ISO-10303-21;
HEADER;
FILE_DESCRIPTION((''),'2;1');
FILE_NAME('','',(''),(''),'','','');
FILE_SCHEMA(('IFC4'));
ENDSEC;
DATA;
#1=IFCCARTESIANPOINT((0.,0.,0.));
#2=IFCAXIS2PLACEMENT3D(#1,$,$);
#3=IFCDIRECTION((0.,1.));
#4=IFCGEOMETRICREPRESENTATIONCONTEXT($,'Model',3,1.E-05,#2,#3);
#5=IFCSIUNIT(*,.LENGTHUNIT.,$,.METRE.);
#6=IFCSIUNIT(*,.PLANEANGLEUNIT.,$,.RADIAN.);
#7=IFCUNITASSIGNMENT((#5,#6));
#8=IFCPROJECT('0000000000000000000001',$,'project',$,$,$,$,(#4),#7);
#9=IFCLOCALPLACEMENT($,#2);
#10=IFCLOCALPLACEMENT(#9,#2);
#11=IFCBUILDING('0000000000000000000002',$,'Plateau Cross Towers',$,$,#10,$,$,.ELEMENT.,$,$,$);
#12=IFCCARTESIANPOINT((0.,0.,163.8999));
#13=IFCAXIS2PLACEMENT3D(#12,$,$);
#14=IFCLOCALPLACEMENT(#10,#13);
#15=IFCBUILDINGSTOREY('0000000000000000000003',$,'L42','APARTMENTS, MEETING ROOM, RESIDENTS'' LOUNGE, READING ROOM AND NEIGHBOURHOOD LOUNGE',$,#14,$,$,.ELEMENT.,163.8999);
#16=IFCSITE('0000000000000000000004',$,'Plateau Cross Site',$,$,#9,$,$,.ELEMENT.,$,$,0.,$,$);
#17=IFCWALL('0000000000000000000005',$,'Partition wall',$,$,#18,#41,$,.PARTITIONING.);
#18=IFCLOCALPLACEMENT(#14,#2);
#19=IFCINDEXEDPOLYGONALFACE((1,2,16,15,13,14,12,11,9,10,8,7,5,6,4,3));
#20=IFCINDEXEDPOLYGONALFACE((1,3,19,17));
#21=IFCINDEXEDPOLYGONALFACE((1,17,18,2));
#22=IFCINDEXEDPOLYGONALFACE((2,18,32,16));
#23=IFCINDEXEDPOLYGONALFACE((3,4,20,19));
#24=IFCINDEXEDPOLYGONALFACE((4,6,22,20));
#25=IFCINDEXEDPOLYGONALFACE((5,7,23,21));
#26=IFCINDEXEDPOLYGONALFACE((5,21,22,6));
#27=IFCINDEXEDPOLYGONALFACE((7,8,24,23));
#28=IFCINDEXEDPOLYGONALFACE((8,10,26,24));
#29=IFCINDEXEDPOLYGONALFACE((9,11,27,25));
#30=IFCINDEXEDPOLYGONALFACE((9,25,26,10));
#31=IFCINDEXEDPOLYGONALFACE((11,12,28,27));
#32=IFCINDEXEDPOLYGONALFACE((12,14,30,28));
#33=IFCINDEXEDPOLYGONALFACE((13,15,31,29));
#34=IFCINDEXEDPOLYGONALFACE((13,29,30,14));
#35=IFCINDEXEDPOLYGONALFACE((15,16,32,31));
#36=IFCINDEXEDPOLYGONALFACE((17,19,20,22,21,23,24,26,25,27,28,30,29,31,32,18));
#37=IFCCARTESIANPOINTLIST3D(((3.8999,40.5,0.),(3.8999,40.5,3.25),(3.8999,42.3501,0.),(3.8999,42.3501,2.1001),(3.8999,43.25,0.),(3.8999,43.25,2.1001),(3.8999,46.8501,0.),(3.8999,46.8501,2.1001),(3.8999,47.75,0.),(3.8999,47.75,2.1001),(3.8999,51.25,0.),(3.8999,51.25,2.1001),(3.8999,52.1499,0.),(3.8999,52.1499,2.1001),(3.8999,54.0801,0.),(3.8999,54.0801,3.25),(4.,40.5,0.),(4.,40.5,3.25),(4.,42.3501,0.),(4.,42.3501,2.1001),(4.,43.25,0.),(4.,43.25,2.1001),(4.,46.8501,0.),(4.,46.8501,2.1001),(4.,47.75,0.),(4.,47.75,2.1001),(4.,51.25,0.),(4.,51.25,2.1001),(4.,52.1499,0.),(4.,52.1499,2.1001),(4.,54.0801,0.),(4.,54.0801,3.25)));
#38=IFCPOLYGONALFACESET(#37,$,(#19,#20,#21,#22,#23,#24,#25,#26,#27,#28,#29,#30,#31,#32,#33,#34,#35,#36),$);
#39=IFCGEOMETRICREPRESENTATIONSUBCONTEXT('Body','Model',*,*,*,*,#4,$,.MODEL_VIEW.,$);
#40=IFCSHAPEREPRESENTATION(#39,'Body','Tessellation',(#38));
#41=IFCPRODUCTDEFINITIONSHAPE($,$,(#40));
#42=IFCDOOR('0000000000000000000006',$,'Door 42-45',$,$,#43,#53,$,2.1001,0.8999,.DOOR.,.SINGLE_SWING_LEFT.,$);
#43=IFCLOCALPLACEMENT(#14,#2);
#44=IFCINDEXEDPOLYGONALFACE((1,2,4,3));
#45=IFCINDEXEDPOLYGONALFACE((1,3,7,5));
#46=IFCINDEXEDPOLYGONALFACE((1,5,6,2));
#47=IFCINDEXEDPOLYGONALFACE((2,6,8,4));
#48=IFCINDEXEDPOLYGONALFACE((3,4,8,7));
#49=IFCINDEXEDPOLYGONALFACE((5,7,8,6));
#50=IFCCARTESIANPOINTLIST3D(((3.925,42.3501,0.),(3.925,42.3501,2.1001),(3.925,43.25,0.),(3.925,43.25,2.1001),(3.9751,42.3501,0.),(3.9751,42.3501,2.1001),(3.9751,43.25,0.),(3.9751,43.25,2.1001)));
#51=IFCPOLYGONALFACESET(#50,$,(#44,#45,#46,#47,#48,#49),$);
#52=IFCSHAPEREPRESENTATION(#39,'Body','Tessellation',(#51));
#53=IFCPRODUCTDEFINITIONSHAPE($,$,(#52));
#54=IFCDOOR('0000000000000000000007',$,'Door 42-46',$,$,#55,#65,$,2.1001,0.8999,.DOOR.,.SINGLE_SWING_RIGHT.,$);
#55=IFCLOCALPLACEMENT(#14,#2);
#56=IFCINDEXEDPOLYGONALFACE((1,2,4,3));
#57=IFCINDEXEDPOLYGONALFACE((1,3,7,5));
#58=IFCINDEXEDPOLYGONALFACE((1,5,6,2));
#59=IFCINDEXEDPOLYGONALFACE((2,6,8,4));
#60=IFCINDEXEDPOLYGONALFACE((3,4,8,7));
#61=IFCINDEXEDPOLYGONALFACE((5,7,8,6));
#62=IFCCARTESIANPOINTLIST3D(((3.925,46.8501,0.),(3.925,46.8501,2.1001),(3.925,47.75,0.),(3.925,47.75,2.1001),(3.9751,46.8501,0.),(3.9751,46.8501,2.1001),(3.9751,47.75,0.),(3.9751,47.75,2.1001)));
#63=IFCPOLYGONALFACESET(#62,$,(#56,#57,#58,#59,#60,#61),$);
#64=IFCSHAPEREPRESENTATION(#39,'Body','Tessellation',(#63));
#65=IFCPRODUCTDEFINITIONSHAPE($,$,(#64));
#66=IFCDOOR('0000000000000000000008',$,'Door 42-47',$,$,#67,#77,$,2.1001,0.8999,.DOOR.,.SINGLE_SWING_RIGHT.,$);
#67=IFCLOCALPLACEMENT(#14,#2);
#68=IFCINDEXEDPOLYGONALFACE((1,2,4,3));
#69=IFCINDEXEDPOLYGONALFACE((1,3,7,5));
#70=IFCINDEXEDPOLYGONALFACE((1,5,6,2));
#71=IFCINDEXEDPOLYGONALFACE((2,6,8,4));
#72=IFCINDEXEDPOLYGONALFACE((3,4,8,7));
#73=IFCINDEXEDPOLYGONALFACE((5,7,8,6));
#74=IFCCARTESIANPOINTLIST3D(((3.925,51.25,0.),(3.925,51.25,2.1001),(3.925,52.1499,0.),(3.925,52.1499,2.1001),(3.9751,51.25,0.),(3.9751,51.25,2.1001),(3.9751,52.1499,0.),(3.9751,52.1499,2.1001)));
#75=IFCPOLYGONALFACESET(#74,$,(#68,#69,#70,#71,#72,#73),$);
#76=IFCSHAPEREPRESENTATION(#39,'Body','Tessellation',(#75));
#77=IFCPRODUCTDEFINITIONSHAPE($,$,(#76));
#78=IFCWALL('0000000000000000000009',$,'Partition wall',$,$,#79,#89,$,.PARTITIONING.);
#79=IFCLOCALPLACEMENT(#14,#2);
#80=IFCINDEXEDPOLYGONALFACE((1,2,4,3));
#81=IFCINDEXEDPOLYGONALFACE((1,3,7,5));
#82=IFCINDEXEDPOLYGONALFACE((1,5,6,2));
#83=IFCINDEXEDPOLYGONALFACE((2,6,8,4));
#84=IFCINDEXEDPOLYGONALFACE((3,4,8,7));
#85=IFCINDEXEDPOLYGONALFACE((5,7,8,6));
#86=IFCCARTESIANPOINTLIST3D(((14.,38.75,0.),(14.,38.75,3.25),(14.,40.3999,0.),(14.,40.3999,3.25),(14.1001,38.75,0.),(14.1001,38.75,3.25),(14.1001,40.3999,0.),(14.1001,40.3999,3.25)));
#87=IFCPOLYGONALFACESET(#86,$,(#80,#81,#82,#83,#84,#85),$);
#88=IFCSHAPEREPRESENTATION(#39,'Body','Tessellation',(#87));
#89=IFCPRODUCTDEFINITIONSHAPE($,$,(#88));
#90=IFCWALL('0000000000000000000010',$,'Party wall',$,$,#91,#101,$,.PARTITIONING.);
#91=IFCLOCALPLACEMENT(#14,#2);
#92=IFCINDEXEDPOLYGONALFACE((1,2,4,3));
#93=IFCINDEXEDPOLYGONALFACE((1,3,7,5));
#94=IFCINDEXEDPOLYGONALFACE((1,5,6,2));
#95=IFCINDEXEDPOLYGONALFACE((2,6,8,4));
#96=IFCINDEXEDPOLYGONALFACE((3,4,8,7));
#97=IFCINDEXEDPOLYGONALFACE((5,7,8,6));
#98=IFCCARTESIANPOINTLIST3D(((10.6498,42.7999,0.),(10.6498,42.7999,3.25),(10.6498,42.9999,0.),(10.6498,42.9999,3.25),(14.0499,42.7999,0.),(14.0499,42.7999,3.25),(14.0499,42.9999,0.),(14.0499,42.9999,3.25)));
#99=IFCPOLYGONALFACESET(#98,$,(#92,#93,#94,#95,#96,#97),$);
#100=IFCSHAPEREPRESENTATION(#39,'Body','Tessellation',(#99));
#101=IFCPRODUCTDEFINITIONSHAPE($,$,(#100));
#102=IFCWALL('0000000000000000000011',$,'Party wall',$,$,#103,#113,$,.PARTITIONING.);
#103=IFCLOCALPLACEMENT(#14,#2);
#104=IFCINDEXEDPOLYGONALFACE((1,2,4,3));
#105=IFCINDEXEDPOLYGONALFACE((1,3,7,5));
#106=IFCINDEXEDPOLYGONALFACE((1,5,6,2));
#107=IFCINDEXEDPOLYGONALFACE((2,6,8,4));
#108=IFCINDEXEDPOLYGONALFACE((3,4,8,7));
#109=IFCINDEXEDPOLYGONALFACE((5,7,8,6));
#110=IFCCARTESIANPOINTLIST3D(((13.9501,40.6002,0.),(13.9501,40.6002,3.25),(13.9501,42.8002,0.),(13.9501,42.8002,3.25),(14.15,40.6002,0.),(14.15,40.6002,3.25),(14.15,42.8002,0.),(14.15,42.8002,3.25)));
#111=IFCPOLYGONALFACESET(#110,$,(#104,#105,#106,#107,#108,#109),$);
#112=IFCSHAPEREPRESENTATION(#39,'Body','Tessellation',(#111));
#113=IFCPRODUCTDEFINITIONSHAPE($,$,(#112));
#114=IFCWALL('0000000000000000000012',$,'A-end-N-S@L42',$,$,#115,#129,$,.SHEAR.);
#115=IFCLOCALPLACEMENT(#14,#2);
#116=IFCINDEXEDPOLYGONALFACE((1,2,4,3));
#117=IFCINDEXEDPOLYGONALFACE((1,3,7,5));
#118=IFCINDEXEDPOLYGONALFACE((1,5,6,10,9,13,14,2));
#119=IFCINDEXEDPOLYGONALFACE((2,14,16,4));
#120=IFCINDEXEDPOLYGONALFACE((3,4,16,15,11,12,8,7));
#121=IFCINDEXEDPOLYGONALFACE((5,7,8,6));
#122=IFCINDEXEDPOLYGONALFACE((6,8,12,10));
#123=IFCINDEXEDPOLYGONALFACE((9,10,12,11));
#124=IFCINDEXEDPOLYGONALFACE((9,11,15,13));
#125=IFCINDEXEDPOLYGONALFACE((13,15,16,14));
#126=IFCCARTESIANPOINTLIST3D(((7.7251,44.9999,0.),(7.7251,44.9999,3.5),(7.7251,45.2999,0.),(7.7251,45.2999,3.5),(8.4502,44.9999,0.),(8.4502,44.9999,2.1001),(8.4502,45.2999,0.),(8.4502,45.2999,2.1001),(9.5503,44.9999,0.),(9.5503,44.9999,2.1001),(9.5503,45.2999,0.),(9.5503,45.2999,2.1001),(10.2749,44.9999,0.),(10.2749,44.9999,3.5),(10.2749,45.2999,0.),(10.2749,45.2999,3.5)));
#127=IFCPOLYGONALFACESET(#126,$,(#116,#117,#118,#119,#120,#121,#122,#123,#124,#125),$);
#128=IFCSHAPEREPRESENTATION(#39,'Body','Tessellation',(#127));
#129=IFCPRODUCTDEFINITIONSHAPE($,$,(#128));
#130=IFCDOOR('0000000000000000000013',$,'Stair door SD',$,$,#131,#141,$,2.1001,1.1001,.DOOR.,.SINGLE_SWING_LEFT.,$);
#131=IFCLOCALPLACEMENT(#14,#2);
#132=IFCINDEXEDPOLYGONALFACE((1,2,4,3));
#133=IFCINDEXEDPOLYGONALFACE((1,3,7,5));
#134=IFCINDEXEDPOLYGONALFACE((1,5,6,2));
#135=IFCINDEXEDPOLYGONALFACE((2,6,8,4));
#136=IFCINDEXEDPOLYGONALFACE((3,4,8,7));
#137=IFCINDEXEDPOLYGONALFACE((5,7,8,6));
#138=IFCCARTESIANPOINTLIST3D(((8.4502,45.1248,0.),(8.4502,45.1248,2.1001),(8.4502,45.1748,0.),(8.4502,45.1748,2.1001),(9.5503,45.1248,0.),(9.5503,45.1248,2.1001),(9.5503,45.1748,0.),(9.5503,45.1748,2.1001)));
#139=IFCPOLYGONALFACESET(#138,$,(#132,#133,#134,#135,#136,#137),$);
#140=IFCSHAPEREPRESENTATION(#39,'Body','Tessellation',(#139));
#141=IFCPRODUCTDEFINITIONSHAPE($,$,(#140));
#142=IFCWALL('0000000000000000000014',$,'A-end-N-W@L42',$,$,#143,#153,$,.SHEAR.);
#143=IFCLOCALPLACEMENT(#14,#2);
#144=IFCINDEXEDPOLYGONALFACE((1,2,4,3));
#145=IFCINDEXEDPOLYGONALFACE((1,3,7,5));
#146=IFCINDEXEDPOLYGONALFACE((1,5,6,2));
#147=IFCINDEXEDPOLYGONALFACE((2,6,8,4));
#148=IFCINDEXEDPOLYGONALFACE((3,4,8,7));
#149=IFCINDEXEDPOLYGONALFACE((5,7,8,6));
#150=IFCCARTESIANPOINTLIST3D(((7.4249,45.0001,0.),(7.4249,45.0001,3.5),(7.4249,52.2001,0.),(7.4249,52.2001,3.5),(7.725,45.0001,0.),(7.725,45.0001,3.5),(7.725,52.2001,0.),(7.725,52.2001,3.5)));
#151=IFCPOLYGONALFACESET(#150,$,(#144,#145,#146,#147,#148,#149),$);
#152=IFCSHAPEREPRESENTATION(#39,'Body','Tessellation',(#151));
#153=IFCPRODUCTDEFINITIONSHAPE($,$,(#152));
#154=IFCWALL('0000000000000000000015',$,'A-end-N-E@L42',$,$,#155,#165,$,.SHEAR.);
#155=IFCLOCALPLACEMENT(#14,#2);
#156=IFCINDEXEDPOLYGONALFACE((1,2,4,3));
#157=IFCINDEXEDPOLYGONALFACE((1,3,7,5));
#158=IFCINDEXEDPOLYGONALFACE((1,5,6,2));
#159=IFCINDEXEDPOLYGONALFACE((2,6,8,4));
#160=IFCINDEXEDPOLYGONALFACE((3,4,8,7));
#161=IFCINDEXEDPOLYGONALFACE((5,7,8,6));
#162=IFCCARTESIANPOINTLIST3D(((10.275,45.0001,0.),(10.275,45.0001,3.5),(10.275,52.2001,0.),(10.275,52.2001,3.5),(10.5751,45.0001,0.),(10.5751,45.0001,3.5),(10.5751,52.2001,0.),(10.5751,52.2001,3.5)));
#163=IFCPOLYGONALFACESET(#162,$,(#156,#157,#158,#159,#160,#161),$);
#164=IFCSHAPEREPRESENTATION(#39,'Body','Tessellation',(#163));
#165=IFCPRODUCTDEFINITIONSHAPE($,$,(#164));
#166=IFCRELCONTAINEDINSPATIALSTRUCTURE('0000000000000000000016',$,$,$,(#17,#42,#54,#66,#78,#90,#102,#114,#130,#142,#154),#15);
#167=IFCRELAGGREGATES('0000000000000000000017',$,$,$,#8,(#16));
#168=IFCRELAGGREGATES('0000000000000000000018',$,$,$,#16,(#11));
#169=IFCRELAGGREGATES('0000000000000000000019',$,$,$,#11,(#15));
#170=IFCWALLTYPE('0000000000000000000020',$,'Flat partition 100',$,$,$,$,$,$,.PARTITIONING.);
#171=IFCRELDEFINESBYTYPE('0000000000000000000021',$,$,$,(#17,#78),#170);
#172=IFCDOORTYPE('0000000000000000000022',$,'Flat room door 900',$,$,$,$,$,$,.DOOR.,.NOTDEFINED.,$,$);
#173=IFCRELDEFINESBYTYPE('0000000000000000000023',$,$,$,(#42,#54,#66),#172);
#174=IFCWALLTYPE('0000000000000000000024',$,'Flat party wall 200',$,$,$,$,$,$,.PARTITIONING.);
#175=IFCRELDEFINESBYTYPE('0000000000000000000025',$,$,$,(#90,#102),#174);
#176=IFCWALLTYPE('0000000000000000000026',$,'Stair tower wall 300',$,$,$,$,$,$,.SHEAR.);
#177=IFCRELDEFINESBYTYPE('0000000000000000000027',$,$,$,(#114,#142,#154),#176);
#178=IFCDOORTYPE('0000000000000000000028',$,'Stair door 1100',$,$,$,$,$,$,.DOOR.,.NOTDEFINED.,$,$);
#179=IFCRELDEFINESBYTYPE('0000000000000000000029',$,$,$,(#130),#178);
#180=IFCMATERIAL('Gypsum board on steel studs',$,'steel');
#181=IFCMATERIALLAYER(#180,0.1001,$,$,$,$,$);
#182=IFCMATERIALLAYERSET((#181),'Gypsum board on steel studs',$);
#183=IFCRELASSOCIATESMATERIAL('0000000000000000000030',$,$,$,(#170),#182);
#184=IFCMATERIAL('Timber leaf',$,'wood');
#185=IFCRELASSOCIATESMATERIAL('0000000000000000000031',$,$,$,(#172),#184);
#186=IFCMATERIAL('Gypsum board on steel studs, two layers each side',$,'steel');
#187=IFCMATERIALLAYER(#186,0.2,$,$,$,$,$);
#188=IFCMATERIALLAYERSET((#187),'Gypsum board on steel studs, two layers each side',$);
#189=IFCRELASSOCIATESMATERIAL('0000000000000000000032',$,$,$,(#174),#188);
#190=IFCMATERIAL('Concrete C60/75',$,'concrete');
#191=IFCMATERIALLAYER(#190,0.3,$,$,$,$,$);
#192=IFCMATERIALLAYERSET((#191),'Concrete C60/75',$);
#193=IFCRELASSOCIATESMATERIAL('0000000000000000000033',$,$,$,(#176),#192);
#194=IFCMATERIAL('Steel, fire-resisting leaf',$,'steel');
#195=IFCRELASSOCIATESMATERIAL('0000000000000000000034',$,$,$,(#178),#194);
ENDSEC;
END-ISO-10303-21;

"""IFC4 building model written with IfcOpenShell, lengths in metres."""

from ifc_helpers import new_model, si_unit, direction, frame, frame_2d, origin, place, context, subcontext, project, spatial, rectangle, extrude, material, layer, layer_set, type_object, element, fill, save


model = new_model("IFC4")

# Units and contexts
model_context = context("Model", 3, precision=1e-05, world=origin(), true_north=direction((0.0, 1.0)))
body_context = subcontext(model_context, "Body", "Model", "MODEL_VIEW")
ifc_project = project(units=[si_unit("LENGTHUNIT", "METRE"), si_unit("PLANEANGLEUNIT", "RADIAN")], contexts=[model_context])

# Site, building, storey
site_placement = place(None, origin())
site = spatial("IfcSite", under=ifc_project, at=site_placement, Name="Plateau Cross Site", CompositionType="ELEMENT", RefElevation=0.0)
building_placement = place(site_placement, origin())
building = spatial("IfcBuilding", under=site, at=building_placement, Name="Plateau Cross Towers", CompositionType="ELEMENT")
storey_placement = place(building_placement, frame((0.0, 0.0, 163.8999)))
storey = spatial("IfcBuildingStorey", under=building, at=storey_placement, Name="L42", Description="APARTMENTS, MEETING ROOM, RESIDENTS' LOUNGE, READING ROOM AND NEIGHBOURHOOD LOUNGE", CompositionType="ELEMENT", Elevation=163.8999)

# Shared definitions
ifc_material_1 = material(Name="Gypsum board on steel studs", Category="steel")
ifc_layer_1 = layer(ifc_material_1, 0.1001)
ifc_layer_set_1 = layer_set([ifc_layer_1], Name="Gypsum board on steel studs")
wall_type_1 = type_object("IfcWallType", Name="Flat partition 100", PredefinedType="PARTITIONING", material=ifc_layer_set_1)
ifc_material_2 = material(Name="Timber leaf", Category="wood")
door_type_1 = type_object("IfcDoorType", Name="Flat room door 900", OperationType="NOTDEFINED", PredefinedType="DOOR", material=ifc_material_2)

# Wall, openings, doors
wall_1_placement = place(storey_placement, frame((3.95, 40.5, 0.0), z_axis=(0.0, 0.0, 1.0), x_axis=(0.0, 1.0, 0.0)))
wall_1 = element("IfcWall", 1, at=wall_1_placement, inside=storey, type_object=wall_type_1, Name="Partition wall", PredefinedType="PARTITIONING", context=body_context, shape_type="SweptSolid", body=[
    extrude(rectangle(XDim=13.5801, YDim=0.1001, at=frame_2d((6.79, 0.0))), origin(), (0.0, 0.0, 1.0), 3.25),
])
opening_1_placement = place(wall_1_placement, frame((1.8501, 0.0, 0.0)))
opening_1 = element("IfcOpeningElement", 2, at=opening_1_placement, cuts=wall_1, PredefinedType="OPENING", context=body_context, shape_type="SweptSolid", body=[
    extrude(rectangle(XDim=0.8999, YDim=2.1001, at=frame_2d((0.45, 1.05))), frame((0.0, 0.0601, 0.0), z_axis=(0.0, -1.0, 0.0), x_axis=(1.0, 0.0, 0.0)), (0.0, 0.0, 1.0), 0.1201),
])
opening_2_placement = place(wall_1_placement, frame((6.3501, 0.0, 0.0)))
opening_2 = element("IfcOpeningElement", 3, at=opening_2_placement, cuts=wall_1, PredefinedType="OPENING", context=body_context, shape_type="SweptSolid", body=[
    extrude(rectangle(XDim=0.8999, YDim=2.1001, at=frame_2d((0.45, 1.05))), frame((0.0, 0.0601, 0.0), z_axis=(0.0, -1.0, 0.0), x_axis=(1.0, 0.0, 0.0)), (0.0, 0.0, 1.0), 0.1201),
])
opening_3_placement = place(wall_1_placement, frame((10.75, 0.0, 0.0)))
opening_3 = element("IfcOpeningElement", 4, at=opening_3_placement, cuts=wall_1, PredefinedType="OPENING", context=body_context, shape_type="SweptSolid", body=[
    extrude(rectangle(XDim=0.8999, YDim=2.1001, at=frame_2d((0.45, 1.05))), frame((0.0, 0.0601, 0.0), z_axis=(0.0, -1.0, 0.0), x_axis=(1.0, 0.0, 0.0)), (0.0, 0.0, 1.0), 0.1201),
])
door_1_placement = place(opening_1_placement, origin())
door_1 = element("IfcDoor", 5, at=door_1_placement, inside=storey, type_object=door_type_1, Name="Door 42-45", OperationType="SINGLE_SWING_LEFT", OverallHeight=2.1001, OverallWidth=0.8999, PredefinedType="DOOR", context=body_context, shape_type="SweptSolid", body=[
    extrude(rectangle(XDim=0.8999, YDim=2.1001, at=frame_2d((0.45, 1.05))), frame((0.0, 0.0249, 0.0), z_axis=(0.0, -1.0, 0.0), x_axis=(1.0, 0.0, 0.0)), (0.0, 0.0, 1.0), 0.05),
])
fill(opening_1, door_1)
door_2_placement = place(opening_2_placement, origin())
door_2 = element("IfcDoor", 6, at=door_2_placement, inside=storey, type_object=door_type_1, Name="Door 42-46", OperationType="SINGLE_SWING_RIGHT", OverallHeight=2.1001, OverallWidth=0.8999, PredefinedType="DOOR", context=body_context, shape_type="SweptSolid", body=[
    extrude(rectangle(XDim=0.8999, YDim=2.1001, at=frame_2d((0.45, 1.05))), frame((0.0, 0.0249, 0.0), z_axis=(0.0, -1.0, 0.0), x_axis=(1.0, 0.0, 0.0)), (0.0, 0.0, 1.0), 0.05),
])
fill(opening_2, door_2)
door_3_placement = place(opening_3_placement, origin())
door_3 = element("IfcDoor", 7, at=door_3_placement, inside=storey, type_object=door_type_1, Name="Door 42-47", OperationType="SINGLE_SWING_RIGHT", OverallHeight=2.1001, OverallWidth=0.8999, PredefinedType="DOOR", context=body_context, shape_type="SweptSolid", body=[
    extrude(rectangle(XDim=0.8999, YDim=2.1001, at=frame_2d((0.45, 1.05))), frame((0.0, 0.0249, 0.0), z_axis=(0.0, -1.0, 0.0), x_axis=(1.0, 0.0, 0.0)), (0.0, 0.0, 1.0), 0.05),
])
fill(opening_3, door_3)

# Walls
wall_2_placement = place(storey_placement, frame((14.05, 38.75, 0.0), z_axis=(0.0, 0.0, 1.0), x_axis=(0.0, 1.0, 0.0)))
element("IfcWall", 8, at=wall_2_placement, inside=storey, type_object=wall_type_1, Name="Partition wall", PredefinedType="PARTITIONING", context=body_context, shape_type="SweptSolid", body=[
    extrude(rectangle(XDim=1.6499, YDim=0.1001, at=frame_2d((0.825, 0.0))), origin(), (0.0, 0.0, 1.0), 3.25),
])
ifc_material_3 = material(Name="Gypsum board on steel studs, two layers each side", Category="steel")
ifc_layer_2 = layer(ifc_material_3, 0.2)
ifc_layer_set_2 = layer_set([ifc_layer_2], Name="Gypsum board on steel studs, two layers each side")
wall_type_2 = type_object("IfcWallType", Name="Flat party wall 200", PredefinedType="PARTITIONING", material=ifc_layer_set_2)
wall_3_placement = place(storey_placement, frame((14.05, 42.8999, 0.0), z_axis=(0.0, 0.0, 1.0), x_axis=(-1.0, 0.0, 0.0)))
element("IfcWall", 9, at=wall_3_placement, inside=storey, type_object=wall_type_2, Name="Party wall", PredefinedType="PARTITIONING", context=body_context, shape_type="SweptSolid", body=[
    extrude(rectangle(XDim=3.4001, YDim=0.2, at=frame_2d((1.7002, 0.0))), origin(), (0.0, 0.0, 1.0), 3.25),
])
wall_4_placement = place(storey_placement, frame((14.05, 40.6001, 0.0), z_axis=(0.0, 0.0, 1.0), x_axis=(0.0, 1.0, 0.0)))
element("IfcWall", 10, at=wall_4_placement, inside=storey, type_object=wall_type_2, Name="Party wall", PredefinedType="PARTITIONING", context=body_context, shape_type="SweptSolid", body=[
    extrude(rectangle(XDim=2.2, YDim=0.2, at=frame_2d((1.1001, 0.0))), origin(), (0.0, 0.0, 1.0), 3.25),
])

# Wall, opening, door
ifc_material_4 = material(Name="Concrete C60/75", Category="concrete")
ifc_layer_3 = layer(ifc_material_4, 0.3)
ifc_layer_set_3 = layer_set([ifc_layer_3], Name="Concrete C60/75")
wall_type_3 = type_object("IfcWallType", Name="Stair tower wall 300", PredefinedType="SHEAR", material=ifc_layer_set_3)
wall_5_placement = place(storey_placement, frame((7.7251, 45.1499, 0.0), z_axis=(0.0, 0.0, 1.0), x_axis=(1.0, 0.0, 0.0)))
wall_5 = element("IfcWall", 11, at=wall_5_placement, inside=storey, type_object=wall_type_3, Name="A-end-N-S@L42", PredefinedType="SHEAR", context=body_context, shape_type="SweptSolid", body=[
    extrude(rectangle(XDim=2.5498, YDim=0.3, at=frame_2d((1.2749, 0.0))), origin(), (0.0, 0.0, 1.0), 3.5),
])
opening_4_placement = place(wall_5_placement, frame((0.7251, 0.0, 0.0)))
opening_4 = element("IfcOpeningElement", 12, at=opening_4_placement, cuts=wall_5, PredefinedType="OPENING", context=body_context, shape_type="SweptSolid", body=[
    extrude(rectangle(XDim=1.1001, YDim=2.1001, at=frame_2d((0.55, 1.05))), frame((0.0, 0.1599, 0.0), z_axis=(0.0, -1.0, 0.0), x_axis=(1.0, 0.0, 0.0)), (0.0, 0.0, 1.0), 0.3201),
])
ifc_material_5 = material(Name="Steel, fire-resisting leaf", Category="steel")
door_type_2 = type_object("IfcDoorType", Name="Stair door 1100", OperationType="NOTDEFINED", PredefinedType="DOOR", material=ifc_material_5)
door_4_placement = place(opening_4_placement, origin())
door_4 = element("IfcDoor", 13, at=door_4_placement, inside=storey, type_object=door_type_2, Name="Stair door SD", OperationType="SINGLE_SWING_LEFT", OverallHeight=2.1001, OverallWidth=1.1001, PredefinedType="DOOR", context=body_context, shape_type="SweptSolid", body=[
    extrude(rectangle(XDim=1.1001, YDim=2.1001, at=frame_2d((0.55, 1.05))), frame((0.0, 0.0249, 0.0), z_axis=(0.0, -1.0, 0.0), x_axis=(1.0, 0.0, 0.0)), (0.0, 0.0, 1.0), 0.05),
])
fill(opening_4, door_4)

# Walls
for number, where, z_axis, x_axis, name in (
    (14, (7.575, 45.0, 0.0), (0.0, 0.0, 1.0), (0.0, 1.0, 0.0), "A-end-N-W@L42"),
    (15, (10.425, 45.0, 0.0), (0.0, 0.0, 1.0), (0.0, 1.0, 0.0), "A-end-N-E@L42"),
):
    element("IfcWall", number, at=place(storey_placement, frame(where, z_axis=z_axis, x_axis=x_axis)), inside=storey, type_object=wall_type_3, Name=name, PredefinedType="SHEAR", context=body_context, shape_type="SweptSolid", body=[
        extrude(rectangle(XDim=7.2, YDim=0.3, at=frame_2d((3.6001, 0.0))), origin(), (0.0, 0.0, 1.0), 3.5),
    ])

save(model, "model.ifc")
